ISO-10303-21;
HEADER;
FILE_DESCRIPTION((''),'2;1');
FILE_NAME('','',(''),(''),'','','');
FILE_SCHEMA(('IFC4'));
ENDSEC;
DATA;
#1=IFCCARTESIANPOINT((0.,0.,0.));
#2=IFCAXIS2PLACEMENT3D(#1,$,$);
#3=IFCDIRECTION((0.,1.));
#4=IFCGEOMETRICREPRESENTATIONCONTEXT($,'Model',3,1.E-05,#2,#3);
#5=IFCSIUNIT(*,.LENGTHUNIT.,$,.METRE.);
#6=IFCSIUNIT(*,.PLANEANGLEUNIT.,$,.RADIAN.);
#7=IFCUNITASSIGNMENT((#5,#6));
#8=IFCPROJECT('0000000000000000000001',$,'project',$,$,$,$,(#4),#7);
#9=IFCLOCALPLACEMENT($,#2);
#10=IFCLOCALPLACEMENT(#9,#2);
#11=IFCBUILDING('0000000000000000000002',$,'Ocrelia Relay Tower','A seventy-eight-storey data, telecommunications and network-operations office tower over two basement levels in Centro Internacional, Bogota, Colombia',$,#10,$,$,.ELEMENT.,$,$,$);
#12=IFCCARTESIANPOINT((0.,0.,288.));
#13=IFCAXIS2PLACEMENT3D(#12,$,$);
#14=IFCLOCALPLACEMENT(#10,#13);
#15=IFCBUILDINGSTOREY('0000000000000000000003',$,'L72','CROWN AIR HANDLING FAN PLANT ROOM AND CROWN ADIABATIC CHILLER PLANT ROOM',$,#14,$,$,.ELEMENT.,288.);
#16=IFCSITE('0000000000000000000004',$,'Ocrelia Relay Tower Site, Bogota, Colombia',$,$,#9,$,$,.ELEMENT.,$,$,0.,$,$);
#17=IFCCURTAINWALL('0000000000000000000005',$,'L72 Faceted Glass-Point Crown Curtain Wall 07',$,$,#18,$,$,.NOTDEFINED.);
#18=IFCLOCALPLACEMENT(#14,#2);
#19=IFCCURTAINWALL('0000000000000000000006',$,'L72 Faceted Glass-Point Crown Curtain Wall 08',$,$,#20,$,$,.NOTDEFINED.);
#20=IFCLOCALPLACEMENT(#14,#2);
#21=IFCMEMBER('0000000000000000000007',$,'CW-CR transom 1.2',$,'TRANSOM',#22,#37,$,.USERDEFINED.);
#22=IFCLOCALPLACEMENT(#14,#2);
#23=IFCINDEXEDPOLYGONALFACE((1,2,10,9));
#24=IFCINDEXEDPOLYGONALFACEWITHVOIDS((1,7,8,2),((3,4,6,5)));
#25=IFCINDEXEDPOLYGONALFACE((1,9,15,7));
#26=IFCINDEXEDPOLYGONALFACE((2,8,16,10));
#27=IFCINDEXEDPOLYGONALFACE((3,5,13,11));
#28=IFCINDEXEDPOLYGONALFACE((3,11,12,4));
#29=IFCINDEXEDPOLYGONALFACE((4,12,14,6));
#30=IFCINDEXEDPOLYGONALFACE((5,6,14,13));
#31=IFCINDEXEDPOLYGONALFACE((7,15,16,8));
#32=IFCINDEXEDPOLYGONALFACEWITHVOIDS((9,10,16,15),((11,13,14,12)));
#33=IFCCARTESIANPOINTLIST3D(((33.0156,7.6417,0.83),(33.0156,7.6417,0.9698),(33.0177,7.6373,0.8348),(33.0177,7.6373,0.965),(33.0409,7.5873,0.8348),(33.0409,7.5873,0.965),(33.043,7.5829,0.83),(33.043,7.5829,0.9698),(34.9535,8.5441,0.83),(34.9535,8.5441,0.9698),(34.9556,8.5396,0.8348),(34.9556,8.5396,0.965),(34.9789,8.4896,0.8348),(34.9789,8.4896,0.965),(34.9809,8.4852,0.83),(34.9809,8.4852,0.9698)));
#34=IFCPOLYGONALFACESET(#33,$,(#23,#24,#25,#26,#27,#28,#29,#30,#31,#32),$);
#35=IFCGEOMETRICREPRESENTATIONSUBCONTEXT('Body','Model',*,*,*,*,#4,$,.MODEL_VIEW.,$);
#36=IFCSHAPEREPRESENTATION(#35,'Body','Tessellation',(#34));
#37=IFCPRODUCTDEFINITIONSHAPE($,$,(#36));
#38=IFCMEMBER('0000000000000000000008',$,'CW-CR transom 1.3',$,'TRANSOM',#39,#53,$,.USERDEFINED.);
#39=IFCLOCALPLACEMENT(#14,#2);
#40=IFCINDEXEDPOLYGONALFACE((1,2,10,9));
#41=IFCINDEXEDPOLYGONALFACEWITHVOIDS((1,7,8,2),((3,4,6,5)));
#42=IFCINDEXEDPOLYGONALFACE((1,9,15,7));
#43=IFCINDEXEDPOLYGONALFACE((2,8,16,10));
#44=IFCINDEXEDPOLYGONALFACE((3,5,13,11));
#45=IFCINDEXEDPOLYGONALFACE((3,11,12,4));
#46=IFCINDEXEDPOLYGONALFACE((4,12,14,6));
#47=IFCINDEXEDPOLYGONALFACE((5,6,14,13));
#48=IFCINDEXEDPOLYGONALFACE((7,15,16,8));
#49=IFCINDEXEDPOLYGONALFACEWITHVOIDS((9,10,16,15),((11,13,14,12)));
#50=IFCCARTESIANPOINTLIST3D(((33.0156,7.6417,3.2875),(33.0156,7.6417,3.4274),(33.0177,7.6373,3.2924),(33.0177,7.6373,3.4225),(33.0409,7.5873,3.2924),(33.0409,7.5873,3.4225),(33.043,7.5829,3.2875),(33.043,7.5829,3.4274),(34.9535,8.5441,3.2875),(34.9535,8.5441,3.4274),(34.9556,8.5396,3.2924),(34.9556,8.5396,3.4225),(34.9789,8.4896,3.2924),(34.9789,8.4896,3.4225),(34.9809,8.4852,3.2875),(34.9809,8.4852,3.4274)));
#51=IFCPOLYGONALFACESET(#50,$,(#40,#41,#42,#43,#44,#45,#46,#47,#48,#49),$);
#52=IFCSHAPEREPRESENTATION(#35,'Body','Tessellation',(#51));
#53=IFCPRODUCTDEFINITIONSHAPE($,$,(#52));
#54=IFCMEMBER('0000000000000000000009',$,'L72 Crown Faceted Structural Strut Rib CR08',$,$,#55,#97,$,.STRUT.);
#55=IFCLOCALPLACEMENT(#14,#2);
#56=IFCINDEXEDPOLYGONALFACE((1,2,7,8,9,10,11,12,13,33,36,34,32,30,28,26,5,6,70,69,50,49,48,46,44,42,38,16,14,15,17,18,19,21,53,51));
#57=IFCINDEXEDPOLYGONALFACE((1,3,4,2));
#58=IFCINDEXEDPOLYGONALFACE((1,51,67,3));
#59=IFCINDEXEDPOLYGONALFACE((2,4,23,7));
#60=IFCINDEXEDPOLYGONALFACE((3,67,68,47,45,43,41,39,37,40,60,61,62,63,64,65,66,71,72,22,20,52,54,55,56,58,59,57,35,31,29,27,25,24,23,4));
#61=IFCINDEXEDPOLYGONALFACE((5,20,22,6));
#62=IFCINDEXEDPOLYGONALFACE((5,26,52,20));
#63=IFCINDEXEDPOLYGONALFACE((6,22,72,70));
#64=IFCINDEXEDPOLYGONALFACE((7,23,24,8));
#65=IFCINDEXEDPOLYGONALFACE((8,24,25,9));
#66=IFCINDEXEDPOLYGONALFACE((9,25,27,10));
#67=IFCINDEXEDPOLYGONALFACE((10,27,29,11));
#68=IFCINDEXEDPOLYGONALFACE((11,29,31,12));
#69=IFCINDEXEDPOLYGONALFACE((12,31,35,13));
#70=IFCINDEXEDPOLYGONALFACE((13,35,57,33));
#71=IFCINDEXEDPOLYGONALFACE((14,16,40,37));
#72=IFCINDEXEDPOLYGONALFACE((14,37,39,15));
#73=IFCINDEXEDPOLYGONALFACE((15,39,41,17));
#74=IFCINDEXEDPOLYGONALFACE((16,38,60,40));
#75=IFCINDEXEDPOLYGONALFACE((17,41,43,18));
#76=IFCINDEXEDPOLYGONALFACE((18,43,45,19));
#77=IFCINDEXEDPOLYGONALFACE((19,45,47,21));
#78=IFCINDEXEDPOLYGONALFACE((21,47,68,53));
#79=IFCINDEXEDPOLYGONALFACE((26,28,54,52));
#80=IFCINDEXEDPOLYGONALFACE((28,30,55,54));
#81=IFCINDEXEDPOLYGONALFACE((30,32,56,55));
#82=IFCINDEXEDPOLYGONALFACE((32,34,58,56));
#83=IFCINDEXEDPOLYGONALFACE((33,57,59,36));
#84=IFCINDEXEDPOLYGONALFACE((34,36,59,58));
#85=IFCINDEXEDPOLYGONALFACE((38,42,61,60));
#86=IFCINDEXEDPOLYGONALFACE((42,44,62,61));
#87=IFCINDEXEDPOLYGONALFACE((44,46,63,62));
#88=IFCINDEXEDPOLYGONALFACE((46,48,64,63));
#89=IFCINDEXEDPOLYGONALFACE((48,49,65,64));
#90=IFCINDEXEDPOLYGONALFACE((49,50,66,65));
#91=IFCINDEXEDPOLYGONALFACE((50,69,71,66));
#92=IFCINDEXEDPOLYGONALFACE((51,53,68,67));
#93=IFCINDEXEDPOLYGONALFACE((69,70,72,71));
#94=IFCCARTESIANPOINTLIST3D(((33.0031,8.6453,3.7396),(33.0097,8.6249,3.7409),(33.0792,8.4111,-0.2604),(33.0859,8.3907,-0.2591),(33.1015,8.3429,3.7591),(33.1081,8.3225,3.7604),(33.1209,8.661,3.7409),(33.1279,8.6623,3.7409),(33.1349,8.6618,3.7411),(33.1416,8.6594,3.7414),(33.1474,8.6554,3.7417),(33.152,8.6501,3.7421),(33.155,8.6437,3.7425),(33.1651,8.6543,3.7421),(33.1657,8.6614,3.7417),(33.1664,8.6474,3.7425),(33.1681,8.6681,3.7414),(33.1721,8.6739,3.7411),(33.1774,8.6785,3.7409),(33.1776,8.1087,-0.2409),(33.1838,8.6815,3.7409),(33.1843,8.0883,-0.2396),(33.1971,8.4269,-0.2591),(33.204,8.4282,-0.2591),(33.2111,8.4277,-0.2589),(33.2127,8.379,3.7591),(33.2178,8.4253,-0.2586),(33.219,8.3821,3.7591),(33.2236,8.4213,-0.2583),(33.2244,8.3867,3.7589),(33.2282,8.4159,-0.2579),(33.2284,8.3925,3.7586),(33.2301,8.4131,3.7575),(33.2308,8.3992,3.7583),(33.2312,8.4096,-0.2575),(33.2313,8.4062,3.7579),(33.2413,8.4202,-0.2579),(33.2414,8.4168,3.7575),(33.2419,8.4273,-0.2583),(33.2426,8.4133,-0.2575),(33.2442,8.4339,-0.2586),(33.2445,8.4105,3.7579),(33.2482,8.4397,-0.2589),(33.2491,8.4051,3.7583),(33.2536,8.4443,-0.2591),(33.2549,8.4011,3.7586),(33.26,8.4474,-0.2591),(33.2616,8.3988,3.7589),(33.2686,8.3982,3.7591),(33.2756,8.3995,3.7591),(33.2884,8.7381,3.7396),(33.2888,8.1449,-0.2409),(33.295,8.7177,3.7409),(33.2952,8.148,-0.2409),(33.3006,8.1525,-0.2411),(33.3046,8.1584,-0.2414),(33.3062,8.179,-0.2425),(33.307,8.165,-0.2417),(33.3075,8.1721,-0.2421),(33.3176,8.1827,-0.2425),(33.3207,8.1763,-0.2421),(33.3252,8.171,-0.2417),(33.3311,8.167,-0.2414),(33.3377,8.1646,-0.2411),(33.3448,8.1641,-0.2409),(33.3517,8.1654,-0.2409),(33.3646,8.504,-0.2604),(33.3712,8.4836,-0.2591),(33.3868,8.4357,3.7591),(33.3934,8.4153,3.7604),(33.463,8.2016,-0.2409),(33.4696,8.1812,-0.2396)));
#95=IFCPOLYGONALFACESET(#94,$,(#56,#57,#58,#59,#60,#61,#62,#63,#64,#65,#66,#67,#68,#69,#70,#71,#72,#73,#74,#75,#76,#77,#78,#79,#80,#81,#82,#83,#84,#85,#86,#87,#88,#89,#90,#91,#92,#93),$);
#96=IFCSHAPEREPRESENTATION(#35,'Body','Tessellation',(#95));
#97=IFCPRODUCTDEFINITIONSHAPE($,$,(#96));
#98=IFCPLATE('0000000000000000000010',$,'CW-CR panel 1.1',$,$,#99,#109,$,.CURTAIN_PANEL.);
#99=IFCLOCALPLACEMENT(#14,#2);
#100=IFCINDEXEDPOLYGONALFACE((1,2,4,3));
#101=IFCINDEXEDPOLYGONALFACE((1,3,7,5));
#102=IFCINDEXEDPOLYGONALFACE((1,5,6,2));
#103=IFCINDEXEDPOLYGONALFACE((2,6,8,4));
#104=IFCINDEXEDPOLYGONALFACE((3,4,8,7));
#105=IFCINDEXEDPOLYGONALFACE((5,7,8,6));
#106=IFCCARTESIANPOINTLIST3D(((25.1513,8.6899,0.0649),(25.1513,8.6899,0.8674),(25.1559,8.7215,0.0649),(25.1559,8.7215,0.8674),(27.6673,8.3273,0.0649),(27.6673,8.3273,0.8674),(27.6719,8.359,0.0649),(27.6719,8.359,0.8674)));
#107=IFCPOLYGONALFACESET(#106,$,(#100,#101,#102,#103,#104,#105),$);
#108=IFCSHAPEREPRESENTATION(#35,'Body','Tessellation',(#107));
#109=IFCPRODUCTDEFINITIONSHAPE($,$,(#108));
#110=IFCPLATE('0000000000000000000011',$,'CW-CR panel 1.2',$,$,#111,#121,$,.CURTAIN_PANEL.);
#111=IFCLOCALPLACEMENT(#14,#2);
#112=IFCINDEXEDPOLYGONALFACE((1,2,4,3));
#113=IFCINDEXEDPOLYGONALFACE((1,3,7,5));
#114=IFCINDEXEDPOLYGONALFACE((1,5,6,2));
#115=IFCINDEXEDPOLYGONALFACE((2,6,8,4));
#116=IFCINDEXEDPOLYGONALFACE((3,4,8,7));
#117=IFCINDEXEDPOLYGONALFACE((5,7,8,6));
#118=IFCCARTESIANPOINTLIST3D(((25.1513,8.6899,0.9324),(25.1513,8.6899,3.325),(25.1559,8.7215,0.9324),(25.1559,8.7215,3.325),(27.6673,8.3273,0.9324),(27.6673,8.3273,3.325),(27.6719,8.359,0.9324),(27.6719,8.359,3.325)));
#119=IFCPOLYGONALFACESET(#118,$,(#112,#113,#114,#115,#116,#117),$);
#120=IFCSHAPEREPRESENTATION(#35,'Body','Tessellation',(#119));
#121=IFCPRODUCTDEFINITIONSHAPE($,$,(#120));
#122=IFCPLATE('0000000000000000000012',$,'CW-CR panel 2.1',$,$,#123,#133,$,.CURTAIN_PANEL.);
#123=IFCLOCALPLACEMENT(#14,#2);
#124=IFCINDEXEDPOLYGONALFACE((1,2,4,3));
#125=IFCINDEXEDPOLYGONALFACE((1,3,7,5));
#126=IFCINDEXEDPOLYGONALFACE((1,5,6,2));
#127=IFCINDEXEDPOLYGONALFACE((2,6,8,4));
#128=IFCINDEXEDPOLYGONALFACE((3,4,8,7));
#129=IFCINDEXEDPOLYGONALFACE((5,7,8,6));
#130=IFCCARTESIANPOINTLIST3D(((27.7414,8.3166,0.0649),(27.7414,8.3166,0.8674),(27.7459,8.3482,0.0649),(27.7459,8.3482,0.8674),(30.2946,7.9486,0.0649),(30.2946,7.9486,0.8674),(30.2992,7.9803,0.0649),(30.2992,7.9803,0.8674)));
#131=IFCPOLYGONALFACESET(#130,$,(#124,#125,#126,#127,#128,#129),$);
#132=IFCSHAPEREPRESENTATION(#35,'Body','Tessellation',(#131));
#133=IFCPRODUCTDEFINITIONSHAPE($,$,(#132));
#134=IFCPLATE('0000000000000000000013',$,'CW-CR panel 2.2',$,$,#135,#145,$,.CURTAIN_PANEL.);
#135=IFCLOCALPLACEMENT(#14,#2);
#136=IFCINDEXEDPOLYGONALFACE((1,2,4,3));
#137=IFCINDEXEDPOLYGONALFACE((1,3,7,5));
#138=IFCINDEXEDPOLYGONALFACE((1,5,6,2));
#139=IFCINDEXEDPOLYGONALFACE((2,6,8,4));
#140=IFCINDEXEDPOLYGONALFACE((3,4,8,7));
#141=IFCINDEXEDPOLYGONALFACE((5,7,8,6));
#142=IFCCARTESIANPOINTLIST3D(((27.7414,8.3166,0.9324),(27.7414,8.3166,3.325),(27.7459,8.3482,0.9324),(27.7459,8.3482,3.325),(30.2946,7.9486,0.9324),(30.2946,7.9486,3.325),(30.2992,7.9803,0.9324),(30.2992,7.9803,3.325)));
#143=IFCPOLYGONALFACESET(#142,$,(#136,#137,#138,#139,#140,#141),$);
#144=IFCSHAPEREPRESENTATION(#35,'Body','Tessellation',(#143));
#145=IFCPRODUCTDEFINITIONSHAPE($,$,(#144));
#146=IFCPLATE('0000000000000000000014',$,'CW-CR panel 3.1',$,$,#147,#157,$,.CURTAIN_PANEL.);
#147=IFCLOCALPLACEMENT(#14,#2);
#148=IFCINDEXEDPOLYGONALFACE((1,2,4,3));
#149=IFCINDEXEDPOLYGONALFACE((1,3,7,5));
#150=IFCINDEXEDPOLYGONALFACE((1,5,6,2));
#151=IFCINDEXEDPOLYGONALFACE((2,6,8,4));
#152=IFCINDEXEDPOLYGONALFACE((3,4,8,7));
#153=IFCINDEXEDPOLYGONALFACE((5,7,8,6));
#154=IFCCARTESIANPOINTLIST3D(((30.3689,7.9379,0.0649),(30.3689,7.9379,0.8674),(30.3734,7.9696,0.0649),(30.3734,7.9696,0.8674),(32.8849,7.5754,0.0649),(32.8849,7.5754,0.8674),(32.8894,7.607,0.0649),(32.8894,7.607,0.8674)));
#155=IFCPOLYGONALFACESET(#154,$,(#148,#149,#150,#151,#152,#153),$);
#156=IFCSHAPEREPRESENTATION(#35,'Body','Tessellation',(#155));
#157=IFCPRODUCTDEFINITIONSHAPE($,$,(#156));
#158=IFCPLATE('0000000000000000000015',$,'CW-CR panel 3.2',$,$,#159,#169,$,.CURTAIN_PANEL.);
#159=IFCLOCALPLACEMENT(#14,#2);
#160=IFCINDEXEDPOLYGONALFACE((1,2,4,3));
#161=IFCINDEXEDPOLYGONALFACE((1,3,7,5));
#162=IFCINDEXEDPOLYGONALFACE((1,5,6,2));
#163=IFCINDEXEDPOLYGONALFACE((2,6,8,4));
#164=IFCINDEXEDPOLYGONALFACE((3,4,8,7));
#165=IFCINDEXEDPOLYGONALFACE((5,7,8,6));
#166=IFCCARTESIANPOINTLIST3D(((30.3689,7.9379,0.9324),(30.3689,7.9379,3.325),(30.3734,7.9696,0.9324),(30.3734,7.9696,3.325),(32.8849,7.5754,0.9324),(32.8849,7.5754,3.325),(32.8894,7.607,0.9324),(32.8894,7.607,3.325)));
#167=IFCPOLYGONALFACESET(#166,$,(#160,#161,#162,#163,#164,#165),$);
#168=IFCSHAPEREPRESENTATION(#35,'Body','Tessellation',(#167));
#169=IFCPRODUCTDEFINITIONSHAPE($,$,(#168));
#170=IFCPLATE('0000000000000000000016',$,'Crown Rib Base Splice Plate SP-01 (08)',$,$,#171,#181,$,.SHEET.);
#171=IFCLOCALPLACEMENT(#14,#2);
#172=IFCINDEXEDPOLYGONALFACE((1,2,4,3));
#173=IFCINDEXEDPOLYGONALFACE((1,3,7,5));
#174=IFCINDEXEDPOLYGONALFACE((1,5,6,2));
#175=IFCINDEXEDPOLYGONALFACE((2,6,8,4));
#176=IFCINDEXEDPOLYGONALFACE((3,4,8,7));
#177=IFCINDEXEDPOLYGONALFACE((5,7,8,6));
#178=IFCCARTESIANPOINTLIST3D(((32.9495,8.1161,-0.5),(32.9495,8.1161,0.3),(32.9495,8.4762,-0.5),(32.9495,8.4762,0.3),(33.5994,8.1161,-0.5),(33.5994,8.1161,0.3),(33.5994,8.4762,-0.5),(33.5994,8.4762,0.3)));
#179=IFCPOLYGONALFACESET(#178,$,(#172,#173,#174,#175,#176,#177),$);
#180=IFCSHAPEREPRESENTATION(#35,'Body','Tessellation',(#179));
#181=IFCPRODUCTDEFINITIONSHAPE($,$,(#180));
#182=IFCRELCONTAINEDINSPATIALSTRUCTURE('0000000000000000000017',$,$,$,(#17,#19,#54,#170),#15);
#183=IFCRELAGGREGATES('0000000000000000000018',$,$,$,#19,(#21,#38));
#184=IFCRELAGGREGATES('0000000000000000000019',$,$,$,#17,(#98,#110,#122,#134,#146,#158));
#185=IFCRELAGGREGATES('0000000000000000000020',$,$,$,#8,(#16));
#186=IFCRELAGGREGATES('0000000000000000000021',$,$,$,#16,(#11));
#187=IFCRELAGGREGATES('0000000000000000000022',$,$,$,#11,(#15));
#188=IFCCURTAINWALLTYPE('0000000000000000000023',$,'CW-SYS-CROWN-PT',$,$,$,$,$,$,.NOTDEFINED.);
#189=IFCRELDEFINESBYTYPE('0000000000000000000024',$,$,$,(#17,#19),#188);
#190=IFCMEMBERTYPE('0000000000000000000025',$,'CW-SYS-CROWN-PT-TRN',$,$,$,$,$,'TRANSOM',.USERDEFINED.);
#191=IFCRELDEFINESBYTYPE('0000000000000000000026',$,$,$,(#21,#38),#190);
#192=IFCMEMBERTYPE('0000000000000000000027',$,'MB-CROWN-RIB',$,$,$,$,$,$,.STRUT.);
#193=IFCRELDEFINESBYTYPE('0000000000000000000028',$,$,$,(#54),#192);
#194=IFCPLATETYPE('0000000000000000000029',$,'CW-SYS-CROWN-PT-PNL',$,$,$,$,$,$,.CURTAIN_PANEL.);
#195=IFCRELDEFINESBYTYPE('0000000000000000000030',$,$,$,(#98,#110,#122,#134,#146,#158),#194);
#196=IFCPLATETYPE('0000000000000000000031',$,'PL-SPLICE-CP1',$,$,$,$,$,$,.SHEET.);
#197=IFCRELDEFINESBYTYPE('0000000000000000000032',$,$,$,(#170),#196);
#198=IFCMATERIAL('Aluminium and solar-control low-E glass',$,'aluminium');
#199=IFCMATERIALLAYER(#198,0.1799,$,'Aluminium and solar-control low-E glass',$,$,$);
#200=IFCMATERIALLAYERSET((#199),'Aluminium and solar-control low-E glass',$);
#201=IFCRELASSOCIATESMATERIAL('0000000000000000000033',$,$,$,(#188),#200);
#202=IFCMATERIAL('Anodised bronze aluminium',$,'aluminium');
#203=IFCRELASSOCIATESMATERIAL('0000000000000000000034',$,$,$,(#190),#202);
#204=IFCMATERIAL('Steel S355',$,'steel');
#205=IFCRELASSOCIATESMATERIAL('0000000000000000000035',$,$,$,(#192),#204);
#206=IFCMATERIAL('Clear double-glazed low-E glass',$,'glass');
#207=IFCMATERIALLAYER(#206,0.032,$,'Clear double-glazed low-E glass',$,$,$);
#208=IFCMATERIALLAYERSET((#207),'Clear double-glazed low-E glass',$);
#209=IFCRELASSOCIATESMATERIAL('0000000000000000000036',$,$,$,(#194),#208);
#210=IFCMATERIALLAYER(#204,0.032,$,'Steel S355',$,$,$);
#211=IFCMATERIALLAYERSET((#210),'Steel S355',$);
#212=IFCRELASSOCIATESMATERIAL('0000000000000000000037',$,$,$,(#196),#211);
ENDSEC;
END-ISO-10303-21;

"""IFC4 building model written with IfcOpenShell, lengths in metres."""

from ifc_helpers import new_model, si_unit, direction, frame, origin, origin_2d, place, context, subcontext, project, spatial, rectangle, hollow_rectangle, i_section, extrude, material, layer, layer_set, material_profile, profile_set, type_object, element, aggregate, save


model = new_model("IFC4")

# Units and contexts
model_context = context("Model", 3, precision=1e-05, world=origin(), true_north=direction((0.0, 1.0)))
body_context = subcontext(model_context, "Body", "Model", "MODEL_VIEW")
ifc_project = project(units=[si_unit("LENGTHUNIT", "METRE"), si_unit("PLANEANGLEUNIT", "RADIAN")], contexts=[model_context])

# Site, building, storey
site_placement = place(None, origin())
site = spatial("IfcSite", under=ifc_project, at=site_placement, Name="Ocrelia Relay Tower Site, Bogota, Colombia", CompositionType="ELEMENT", RefElevation=0.0)
building_placement = place(site_placement, origin())
building = spatial("IfcBuilding", under=site, at=building_placement, Name="Ocrelia Relay Tower", Description="A seventy-eight-storey data, telecommunications and network-operations office tower over two basement levels in Centro Internacional, Bogota, Colombia", CompositionType="ELEMENT")
storey_placement = place(building_placement, frame((0.0, 0.0, 288.0)))
storey = spatial("IfcBuildingStorey", under=building, at=storey_placement, Name="L72", Description="CROWN AIR HANDLING FAN PLANT ROOM AND CROWN ADIABATIC CHILLER PLANT ROOM", CompositionType="ELEMENT", Elevation=288.0)

# Curtain wall
ifc_material_1 = material(Name="Aluminium and solar-control low-E glass", Category="aluminium")
ifc_layer_1 = layer(ifc_material_1, 0.1799, Name="Aluminium and solar-control low-E glass")
ifc_layer_set_1 = layer_set([ifc_layer_1], Name="Aluminium and solar-control low-E glass")
curtain_wall_type = type_object("IfcCurtainWallType", Name="CW-SYS-CROWN-PT", PredefinedType="NOTDEFINED", material=ifc_layer_set_1)
curtain_wall_1_placement = place(storey_placement, origin())
curtain_wall_1 = element("IfcCurtainWall", 1, at=curtain_wall_1_placement, inside=storey, type_object=curtain_wall_type, Name="L72 Faceted Glass-Point Crown Curtain Wall 07", PredefinedType="NOTDEFINED")
ifc_material_2 = material(Name="Anodised bronze aluminium", Category="aluminium")

# Curtain wall
curtain_wall_2_placement = place(storey_placement, origin())
curtain_wall_2 = element("IfcCurtainWall", 2, at=curtain_wall_2_placement, inside=storey, type_object=curtain_wall_type, Name="L72 Faceted Glass-Point Crown Curtain Wall 08", PredefinedType="NOTDEFINED")

# Members
ifc_material_profile_1 = material_profile(ifc_material_2, hollow_rectangle(XDim=0.0649, YDim=0.1399, WallThickness=0.0049, at=origin_2d()), Name="CW-TRN-140x65")
ifc_profile_set_1 = profile_set([ifc_material_profile_1], Name="Anodised bronze aluminium")
member_type_1 = type_object("IfcMemberType", Name="CW-SYS-CROWN-PT-TRN", ElementType="TRANSOM", PredefinedType="USERDEFINED", material=ifc_profile_set_1)
member_1_placement = place(storey_placement, frame((33.0293, 7.6123, 0.8999), z_axis=(0.90655, 0.422098, 0.0), x_axis=(-0.422098, 0.90655, 0.0)))
member_1 = element("IfcMember", 3, at=member_1_placement, type_object=member_type_1, Name="CW-CR transom 1.2", ObjectType="TRANSOM", PredefinedType="USERDEFINED", context=body_context, shape_type="SweptSolid", body=[
    extrude(hollow_rectangle(XDim=0.0649, YDim=0.1399, WallThickness=0.0049, at=origin_2d()), origin(), (0.0, 0.0, 1.0), 2.1377),
])
member_2_placement = place(storey_placement, frame((33.0293, 7.6123, 3.3574), z_axis=(0.90655, 0.422098, 0.0), x_axis=(-0.422098, 0.90655, 0.0)))
member_2 = element("IfcMember", 4, at=member_2_placement, type_object=member_type_1, Name="CW-CR transom 1.3", ObjectType="TRANSOM", PredefinedType="USERDEFINED", context=body_context, shape_type="SweptSolid", body=[
    extrude(hollow_rectangle(XDim=0.0649, YDim=0.1399, WallThickness=0.0049, at=origin_2d()), origin(), (0.0, 0.0, 1.0), 2.1377),
])
aggregate(curtain_wall_2, [member_1, member_2])
ifc_material_3 = material(Name="Steel S355", Category="steel")
ifc_material_profile_2 = material_profile(ifc_material_3, i_section(OverallWidth=0.3, OverallDepth=0.3401, WebThickness=0.012, FlangeThickness=0.0215, FilletRadius=0.0271, at=origin_2d()), Name="HEB 340")
ifc_profile_set_2 = profile_set([ifc_material_profile_2], Name="Steel S355")
member_type_2 = type_object("IfcMemberType", Name="MB-CROWN-RIB", PredefinedType="STRUT", material=ifc_profile_set_2)
member_3_placement = place(storey_placement, frame((33.2744, 8.2961, -0.25), z_axis=(-0.019007, 0.058422, 0.998111), x_axis=(-0.950939, -0.309378, 0.0)))
element("IfcMember", 5, at=member_3_placement, inside=storey, type_object=member_type_2, Name="L72 Crown Faceted Structural Strut Rib CR08", PredefinedType="STRUT", context=body_context, shape_type="SweptSolid", body=[
    extrude(i_section(OverallWidth=0.3, OverallDepth=0.3401, WebThickness=0.012, FlangeThickness=0.0215, FilletRadius=0.0271, at=origin_2d()), origin(), (0.0, 0.0, 1.0), 4.0076),
])

# Plates
ifc_material_4 = material(Name="Clear double-glazed low-E glass", Category="glass")
ifc_layer_2 = layer(ifc_material_4, 0.032, Name="Clear double-glazed low-E glass")
ifc_layer_set_2 = layer_set([ifc_layer_2], Name="Clear double-glazed low-E glass")
plate_type_1 = type_object("IfcPlateType", Name="CW-SYS-CROWN-PT-PNL", PredefinedType="CURTAIN_PANEL", material=ifc_layer_set_2)
plate_1_placement = place(storey_placement, frame((26.4116, 8.5244, 0.0649), z_axis=(0.0, 0.0, 1.0), x_axis=(0.989776, -0.142627, 0.0)))
plate_1 = element("IfcPlate", 6, at=plate_1_placement, type_object=plate_type_1, Name="CW-CR panel 1.1", PredefinedType="CURTAIN_PANEL", context=body_context, shape_type="SweptSolid", body=[
    extrude(rectangle(XDim=2.542, YDim=0.032, at=origin_2d()), origin(), (0.0, 0.0, 1.0), 0.8025),
])
plate_2_placement = place(storey_placement, frame((26.4116, 8.5244, 0.9324), z_axis=(0.0, 0.0, 1.0), x_axis=(0.989776, -0.142627, 0.0)))
plate_2 = element("IfcPlate", 7, at=plate_2_placement, type_object=plate_type_1, Name="CW-CR panel 1.2", PredefinedType="CURTAIN_PANEL", context=body_context, shape_type="SweptSolid", body=[
    extrude(rectangle(XDim=2.542, YDim=0.032, at=origin_2d()), origin(), (0.0, 0.0, 1.0), 2.3926),
])
plate_3_placement = place(storey_placement, frame((29.0203, 8.1484, 0.0649), z_axis=(0.0, 0.0, 1.0), x_axis=(0.989776, -0.142627, 0.0)))
plate_3 = element("IfcPlate", 8, at=plate_3_placement, type_object=plate_type_1, Name="CW-CR panel 2.1", PredefinedType="CURTAIN_PANEL", context=body_context, shape_type="SweptSolid", body=[
    extrude(rectangle(XDim=2.5796, YDim=0.032, at=origin_2d()), origin(), (0.0, 0.0, 1.0), 0.8025),
])
plate_4_placement = place(storey_placement, frame((29.0203, 8.1484, 0.9324), z_axis=(0.0, 0.0, 1.0), x_axis=(0.989776, -0.142627, 0.0)))
plate_4 = element("IfcPlate", 9, at=plate_4_placement, type_object=plate_type_1, Name="CW-CR panel 2.2", PredefinedType="CURTAIN_PANEL", context=body_context, shape_type="SweptSolid", body=[
    extrude(rectangle(XDim=2.5796, YDim=0.032, at=origin_2d()), origin(), (0.0, 0.0, 1.0), 2.3926),
])
plate_5_placement = place(storey_placement, frame((31.6292, 7.7725, 0.0649), z_axis=(0.0, 0.0, 1.0), x_axis=(0.989776, -0.142627, 0.0)))
plate_5 = element("IfcPlate", 10, at=plate_5_placement, type_object=plate_type_1, Name="CW-CR panel 3.1", PredefinedType="CURTAIN_PANEL", context=body_context, shape_type="SweptSolid", body=[
    extrude(rectangle(XDim=2.542, YDim=0.032, at=origin_2d()), origin(), (0.0, 0.0, 1.0), 0.8025),
])
plate_6_placement = place(storey_placement, frame((31.6292, 7.7725, 0.9324), z_axis=(0.0, 0.0, 1.0), x_axis=(0.989776, -0.142627, 0.0)))
plate_6 = element("IfcPlate", 11, at=plate_6_placement, type_object=plate_type_1, Name="CW-CR panel 3.2", PredefinedType="CURTAIN_PANEL", context=body_context, shape_type="SweptSolid", body=[
    extrude(rectangle(XDim=2.542, YDim=0.032, at=origin_2d()), origin(), (0.0, 0.0, 1.0), 2.3926),
])
aggregate(curtain_wall_1, [plate_1, plate_2, plate_3, plate_4, plate_5, plate_6])
ifc_layer_3 = layer(ifc_material_3, 0.032, Name="Steel S355")
ifc_layer_set_3 = layer_set([ifc_layer_3], Name="Steel S355")
plate_type_2 = type_object("IfcPlateType", Name="PL-SPLICE-CP1", PredefinedType="SHEET", material=ifc_layer_set_3)
plate_7_placement = place(storey_placement, frame((33.2744, 8.2961, -0.5), z_axis=(0.0, 0.0, 1.0), x_axis=(1.0, 0.0, 0.0)))
element("IfcPlate", 12, at=plate_7_placement, inside=storey, type_object=plate_type_2, Name="Crown Rib Base Splice Plate SP-01 (08)", PredefinedType="SHEET", context=body_context, shape_type="SweptSolid", body=[
    extrude(rectangle(XDim=0.6499, YDim=0.3601, at=origin_2d()), origin(), (0.0, 0.0, 1.0), 0.8),
])

save(model, "model.ifc")
